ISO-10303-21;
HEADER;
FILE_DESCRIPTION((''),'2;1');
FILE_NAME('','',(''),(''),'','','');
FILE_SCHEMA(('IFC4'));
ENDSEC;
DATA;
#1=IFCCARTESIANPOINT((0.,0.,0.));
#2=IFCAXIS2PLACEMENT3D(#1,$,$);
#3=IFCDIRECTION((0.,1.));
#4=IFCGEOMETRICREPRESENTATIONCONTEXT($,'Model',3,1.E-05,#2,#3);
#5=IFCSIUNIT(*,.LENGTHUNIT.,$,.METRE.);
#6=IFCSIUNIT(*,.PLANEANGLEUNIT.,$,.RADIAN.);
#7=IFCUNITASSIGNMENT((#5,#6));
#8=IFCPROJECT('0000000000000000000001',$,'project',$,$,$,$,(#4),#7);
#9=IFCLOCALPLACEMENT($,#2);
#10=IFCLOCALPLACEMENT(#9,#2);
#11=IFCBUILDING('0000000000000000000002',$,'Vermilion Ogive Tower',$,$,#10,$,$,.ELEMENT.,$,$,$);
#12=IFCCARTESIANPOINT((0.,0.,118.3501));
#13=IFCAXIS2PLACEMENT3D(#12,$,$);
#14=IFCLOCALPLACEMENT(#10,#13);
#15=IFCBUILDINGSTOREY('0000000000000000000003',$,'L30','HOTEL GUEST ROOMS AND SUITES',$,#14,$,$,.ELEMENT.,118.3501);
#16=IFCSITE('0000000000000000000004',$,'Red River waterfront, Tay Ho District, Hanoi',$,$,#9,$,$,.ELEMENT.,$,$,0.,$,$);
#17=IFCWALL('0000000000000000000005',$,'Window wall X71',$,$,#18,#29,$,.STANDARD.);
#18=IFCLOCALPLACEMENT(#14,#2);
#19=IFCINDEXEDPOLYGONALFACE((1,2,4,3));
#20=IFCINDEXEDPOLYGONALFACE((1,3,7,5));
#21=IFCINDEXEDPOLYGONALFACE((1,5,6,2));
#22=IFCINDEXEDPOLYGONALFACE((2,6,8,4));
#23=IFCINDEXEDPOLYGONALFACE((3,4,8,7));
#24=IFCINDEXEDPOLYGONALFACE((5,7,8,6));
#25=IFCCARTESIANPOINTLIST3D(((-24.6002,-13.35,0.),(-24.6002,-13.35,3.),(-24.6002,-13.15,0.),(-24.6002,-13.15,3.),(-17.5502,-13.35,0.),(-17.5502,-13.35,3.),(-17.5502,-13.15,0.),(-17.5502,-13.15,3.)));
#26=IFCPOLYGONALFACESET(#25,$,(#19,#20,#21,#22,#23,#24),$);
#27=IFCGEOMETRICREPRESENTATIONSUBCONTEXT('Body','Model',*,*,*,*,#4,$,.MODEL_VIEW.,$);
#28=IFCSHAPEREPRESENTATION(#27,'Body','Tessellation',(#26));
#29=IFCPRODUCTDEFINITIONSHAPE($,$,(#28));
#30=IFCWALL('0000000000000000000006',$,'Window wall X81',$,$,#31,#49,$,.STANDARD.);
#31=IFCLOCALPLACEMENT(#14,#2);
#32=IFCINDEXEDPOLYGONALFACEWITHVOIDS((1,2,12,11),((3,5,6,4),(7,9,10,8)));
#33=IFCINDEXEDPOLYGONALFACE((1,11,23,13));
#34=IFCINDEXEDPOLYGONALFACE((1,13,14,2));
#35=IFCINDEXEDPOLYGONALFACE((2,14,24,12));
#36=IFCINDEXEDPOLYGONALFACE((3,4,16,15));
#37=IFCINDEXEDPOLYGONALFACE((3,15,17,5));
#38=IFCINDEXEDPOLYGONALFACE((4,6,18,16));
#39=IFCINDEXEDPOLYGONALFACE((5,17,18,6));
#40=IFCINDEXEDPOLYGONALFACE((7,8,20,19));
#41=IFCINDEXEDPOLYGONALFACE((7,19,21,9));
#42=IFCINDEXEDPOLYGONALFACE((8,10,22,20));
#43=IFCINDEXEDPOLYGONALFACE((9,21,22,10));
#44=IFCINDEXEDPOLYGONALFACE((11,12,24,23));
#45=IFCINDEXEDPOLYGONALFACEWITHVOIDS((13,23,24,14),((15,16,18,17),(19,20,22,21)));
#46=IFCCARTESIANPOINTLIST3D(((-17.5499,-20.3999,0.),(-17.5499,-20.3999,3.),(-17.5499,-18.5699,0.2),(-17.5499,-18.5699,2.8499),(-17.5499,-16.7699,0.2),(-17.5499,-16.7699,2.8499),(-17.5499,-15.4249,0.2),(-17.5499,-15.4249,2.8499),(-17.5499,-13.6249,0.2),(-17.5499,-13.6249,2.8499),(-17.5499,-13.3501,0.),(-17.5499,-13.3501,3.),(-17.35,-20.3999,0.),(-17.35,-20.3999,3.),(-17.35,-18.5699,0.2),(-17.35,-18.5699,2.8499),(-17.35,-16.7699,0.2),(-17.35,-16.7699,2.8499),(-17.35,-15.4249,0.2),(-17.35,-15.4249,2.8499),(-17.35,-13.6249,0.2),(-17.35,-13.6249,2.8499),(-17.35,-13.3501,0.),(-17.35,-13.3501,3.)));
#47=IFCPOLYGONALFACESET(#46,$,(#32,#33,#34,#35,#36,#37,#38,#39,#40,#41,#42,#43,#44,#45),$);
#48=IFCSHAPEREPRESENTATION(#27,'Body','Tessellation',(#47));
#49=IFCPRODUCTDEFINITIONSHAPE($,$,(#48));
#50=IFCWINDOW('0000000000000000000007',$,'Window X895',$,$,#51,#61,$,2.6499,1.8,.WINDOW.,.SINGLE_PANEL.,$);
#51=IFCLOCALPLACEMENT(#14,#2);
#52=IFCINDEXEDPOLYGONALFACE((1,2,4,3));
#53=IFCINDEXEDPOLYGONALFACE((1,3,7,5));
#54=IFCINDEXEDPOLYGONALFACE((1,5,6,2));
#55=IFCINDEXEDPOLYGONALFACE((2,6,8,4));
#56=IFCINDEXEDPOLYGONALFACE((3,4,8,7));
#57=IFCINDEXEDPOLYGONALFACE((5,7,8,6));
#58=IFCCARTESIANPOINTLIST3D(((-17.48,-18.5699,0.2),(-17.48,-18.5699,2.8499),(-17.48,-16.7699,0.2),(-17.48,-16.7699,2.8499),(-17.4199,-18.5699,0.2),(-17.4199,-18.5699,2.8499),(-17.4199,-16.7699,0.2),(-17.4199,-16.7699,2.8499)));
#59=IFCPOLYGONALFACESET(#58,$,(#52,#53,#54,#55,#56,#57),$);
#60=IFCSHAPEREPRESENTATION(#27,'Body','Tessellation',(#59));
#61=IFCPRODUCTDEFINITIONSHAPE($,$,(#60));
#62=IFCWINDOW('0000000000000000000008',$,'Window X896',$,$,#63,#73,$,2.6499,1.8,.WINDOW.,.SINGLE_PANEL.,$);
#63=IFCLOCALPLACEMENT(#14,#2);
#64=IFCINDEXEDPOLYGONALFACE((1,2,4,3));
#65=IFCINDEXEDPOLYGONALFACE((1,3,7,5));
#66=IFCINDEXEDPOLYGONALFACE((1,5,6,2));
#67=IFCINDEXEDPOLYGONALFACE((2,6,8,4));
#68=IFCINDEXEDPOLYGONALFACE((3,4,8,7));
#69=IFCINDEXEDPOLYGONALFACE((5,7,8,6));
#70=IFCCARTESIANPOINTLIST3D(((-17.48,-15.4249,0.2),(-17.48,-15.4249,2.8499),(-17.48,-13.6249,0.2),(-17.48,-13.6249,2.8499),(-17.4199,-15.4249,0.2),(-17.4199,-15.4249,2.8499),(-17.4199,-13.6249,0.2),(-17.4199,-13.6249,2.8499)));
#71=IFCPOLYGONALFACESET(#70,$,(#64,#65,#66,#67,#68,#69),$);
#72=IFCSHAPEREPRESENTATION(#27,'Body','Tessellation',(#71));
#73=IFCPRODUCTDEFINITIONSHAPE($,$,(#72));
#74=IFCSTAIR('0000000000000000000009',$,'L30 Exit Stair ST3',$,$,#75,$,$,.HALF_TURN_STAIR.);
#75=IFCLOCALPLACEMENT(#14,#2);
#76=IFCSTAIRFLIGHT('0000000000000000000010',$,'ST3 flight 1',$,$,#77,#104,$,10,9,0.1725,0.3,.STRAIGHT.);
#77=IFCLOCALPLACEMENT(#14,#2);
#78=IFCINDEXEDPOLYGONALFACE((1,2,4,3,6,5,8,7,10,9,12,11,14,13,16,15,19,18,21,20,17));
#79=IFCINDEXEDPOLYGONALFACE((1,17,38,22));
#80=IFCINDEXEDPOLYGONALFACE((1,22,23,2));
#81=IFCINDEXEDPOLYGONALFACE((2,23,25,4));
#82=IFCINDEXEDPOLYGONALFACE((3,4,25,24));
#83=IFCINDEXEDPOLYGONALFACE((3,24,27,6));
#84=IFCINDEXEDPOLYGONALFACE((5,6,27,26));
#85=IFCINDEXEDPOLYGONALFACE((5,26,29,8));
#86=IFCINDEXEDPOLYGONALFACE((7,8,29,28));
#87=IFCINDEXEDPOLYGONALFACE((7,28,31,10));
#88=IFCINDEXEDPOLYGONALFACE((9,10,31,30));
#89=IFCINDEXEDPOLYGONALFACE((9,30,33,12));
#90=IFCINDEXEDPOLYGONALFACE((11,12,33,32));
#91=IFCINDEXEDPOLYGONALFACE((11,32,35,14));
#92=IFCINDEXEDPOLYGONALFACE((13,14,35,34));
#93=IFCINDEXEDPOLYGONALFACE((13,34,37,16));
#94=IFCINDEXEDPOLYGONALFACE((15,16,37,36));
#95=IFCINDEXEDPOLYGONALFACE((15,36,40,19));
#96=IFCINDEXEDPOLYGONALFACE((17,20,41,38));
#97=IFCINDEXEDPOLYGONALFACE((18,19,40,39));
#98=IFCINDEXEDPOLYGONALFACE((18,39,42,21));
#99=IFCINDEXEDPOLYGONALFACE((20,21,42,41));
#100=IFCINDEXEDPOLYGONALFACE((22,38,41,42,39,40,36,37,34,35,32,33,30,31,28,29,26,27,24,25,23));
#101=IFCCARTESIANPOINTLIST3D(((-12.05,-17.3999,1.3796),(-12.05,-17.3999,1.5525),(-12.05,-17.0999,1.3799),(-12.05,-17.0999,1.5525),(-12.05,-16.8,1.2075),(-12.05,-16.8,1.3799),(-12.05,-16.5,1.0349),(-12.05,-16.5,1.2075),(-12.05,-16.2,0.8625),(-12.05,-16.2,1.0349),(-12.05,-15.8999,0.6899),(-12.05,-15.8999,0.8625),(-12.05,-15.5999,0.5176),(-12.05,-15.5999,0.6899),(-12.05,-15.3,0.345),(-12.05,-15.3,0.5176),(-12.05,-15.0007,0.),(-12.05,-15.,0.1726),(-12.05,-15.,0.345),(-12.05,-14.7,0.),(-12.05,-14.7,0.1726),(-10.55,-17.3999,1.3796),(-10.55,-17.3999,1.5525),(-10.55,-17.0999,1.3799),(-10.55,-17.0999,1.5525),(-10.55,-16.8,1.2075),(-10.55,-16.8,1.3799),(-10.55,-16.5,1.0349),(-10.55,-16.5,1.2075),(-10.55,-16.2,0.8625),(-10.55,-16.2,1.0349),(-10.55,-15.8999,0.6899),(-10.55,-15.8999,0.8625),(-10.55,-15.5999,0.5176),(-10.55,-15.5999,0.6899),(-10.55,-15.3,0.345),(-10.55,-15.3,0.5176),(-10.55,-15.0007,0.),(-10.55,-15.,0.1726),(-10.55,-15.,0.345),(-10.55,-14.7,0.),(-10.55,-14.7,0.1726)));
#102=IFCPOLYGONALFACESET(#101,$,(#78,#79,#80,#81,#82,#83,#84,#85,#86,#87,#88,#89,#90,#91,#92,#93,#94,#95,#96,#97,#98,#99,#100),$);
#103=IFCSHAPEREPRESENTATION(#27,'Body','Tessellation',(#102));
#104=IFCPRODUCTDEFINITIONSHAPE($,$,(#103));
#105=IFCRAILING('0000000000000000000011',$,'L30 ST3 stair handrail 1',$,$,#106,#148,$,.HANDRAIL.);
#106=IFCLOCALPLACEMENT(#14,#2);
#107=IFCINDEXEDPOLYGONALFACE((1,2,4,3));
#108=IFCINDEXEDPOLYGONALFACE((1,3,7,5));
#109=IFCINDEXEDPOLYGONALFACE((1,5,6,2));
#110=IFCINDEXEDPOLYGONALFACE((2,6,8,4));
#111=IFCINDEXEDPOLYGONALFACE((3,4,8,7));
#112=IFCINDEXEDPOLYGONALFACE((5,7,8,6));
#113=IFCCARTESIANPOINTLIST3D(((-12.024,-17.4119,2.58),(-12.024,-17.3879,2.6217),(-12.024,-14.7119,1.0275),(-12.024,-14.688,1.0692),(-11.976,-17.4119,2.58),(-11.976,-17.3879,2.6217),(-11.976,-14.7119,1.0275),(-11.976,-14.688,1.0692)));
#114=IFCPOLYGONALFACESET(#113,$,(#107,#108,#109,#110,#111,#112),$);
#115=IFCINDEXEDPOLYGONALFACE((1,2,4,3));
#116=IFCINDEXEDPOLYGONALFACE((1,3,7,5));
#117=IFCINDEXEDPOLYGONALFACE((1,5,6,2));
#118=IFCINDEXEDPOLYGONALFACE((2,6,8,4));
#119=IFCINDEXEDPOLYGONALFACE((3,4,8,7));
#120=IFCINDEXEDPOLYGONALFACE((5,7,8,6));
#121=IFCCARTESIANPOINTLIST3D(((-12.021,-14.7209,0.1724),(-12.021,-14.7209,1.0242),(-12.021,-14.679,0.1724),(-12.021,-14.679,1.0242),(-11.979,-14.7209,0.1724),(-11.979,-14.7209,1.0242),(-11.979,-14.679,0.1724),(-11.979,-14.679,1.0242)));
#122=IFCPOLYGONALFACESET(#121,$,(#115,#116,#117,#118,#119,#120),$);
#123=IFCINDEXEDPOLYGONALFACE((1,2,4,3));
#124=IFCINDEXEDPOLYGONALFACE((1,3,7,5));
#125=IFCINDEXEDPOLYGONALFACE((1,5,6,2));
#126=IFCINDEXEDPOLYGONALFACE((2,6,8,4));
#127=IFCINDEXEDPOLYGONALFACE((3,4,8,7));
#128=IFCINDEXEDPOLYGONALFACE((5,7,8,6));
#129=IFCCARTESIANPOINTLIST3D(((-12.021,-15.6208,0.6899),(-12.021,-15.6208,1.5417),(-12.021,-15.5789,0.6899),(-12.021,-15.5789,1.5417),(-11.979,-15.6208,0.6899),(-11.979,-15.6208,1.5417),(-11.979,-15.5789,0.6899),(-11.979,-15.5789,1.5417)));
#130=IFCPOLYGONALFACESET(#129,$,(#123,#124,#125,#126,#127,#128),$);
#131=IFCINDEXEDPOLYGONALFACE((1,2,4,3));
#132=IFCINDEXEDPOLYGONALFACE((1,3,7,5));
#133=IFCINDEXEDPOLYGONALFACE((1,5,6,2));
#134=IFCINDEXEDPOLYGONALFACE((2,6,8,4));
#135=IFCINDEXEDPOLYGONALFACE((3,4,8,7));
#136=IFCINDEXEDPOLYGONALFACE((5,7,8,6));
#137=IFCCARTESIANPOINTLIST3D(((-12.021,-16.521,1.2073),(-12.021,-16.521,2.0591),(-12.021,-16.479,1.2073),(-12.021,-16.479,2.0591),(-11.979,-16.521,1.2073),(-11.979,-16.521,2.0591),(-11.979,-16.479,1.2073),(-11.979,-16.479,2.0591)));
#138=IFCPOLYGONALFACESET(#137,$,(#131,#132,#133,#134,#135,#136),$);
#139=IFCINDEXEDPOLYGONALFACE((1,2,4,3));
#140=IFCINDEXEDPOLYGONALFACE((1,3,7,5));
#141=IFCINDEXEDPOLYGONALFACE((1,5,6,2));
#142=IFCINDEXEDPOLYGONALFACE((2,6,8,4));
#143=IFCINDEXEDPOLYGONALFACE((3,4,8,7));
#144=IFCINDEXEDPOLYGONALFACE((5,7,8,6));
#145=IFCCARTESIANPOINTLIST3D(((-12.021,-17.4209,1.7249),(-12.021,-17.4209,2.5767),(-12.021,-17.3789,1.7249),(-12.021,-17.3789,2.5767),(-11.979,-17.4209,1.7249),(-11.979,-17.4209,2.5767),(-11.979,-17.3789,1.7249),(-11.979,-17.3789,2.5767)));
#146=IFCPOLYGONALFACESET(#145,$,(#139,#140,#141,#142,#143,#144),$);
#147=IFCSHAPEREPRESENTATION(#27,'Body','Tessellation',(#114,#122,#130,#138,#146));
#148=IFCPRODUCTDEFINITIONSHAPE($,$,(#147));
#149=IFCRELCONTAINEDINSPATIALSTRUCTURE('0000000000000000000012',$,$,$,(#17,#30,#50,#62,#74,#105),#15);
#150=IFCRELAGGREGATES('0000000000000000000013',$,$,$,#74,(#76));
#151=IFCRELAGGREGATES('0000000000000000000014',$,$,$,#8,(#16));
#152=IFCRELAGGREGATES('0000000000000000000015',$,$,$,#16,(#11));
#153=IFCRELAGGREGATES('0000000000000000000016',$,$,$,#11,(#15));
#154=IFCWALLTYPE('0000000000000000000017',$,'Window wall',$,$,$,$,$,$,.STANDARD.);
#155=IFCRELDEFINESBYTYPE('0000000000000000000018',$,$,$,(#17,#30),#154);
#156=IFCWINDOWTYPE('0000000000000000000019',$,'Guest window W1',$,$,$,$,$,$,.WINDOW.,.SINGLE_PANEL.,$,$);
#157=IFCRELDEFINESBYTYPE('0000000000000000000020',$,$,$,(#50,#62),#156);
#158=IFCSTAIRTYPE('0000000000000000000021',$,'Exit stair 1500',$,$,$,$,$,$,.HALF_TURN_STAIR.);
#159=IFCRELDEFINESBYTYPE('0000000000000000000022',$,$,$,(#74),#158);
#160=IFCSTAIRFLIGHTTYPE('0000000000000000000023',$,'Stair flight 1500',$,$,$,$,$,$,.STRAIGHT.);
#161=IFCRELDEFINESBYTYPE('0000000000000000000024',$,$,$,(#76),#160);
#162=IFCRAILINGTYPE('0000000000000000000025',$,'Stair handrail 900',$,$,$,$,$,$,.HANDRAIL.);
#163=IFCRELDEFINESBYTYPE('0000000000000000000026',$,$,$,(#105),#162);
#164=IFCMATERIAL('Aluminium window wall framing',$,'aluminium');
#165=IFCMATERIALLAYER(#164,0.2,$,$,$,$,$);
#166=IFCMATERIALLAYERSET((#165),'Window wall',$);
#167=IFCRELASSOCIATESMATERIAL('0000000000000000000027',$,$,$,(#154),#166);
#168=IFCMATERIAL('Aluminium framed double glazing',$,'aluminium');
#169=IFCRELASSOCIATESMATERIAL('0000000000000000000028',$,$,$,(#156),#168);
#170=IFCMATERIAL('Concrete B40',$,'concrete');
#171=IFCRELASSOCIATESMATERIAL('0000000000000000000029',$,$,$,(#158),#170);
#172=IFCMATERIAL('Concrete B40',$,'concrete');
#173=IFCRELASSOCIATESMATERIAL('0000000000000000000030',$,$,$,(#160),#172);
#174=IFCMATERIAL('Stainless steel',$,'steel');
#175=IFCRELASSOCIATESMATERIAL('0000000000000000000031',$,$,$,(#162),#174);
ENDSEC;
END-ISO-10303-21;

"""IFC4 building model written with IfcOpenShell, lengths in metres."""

from ifc_helpers import new_model, si_unit, direction, frame, frame_2d, origin, origin_2d, place, context, subcontext, project, spatial, polyline, rectangle, outline, extrude, material, layer, layer_set, type_object, element, fill, aggregate, save


model = new_model("IFC4")

# Units and contexts
model_context = context("Model", 3, precision=1e-05, world=origin(), true_north=direction((0.0, 1.0)))
body_context = subcontext(model_context, "Body", "Model", "MODEL_VIEW")
ifc_project = project(units=[si_unit("LENGTHUNIT", "METRE"), si_unit("PLANEANGLEUNIT", "RADIAN")], contexts=[model_context])

# Site, building, storey
site_placement = place(None, origin())
site = spatial("IfcSite", under=ifc_project, at=site_placement, Name="Red River waterfront, Tay Ho District, Hanoi", CompositionType="ELEMENT", RefElevation=0.0)
building_placement = place(site_placement, origin())
building = spatial("IfcBuilding", under=site, at=building_placement, Name="Vermilion Ogive Tower", CompositionType="ELEMENT")
storey_placement = place(building_placement, frame((0.0, 0.0, 118.3501)))
storey = spatial("IfcBuildingStorey", under=building, at=storey_placement, Name="L30", Description="HOTEL GUEST ROOMS AND SUITES", CompositionType="ELEMENT", Elevation=118.3501)

# Wall
ifc_material_1 = material(Name="Aluminium window wall framing", Category="aluminium")
ifc_layer_1 = layer(ifc_material_1, 0.2)
ifc_layer_set_1 = layer_set([ifc_layer_1], Name="Window wall")
wall_type_1 = type_object("IfcWallType", Name="Window wall", PredefinedType="STANDARD", material=ifc_layer_set_1)
wall_1_placement = place(storey_placement, frame((-24.6001, -13.25, 0.0), z_axis=(0.0, 0.0, 1.0), x_axis=(1.0, 0.0, 0.0)))
element("IfcWall", 1, at=wall_1_placement, inside=storey, type_object=wall_type_1, Name="Window wall X71", PredefinedType="STANDARD", context=body_context, shape_type="SweptSolid", body=[
    extrude(rectangle(XDim=7.05, YDim=0.2, at=frame_2d((3.5249, 0.0))), origin(), (0.0, 0.0, 1.0), 3.0),
])

# Wall, openings, windows
wall_2_placement = place(storey_placement, frame((-17.45, -13.3501, 0.0), z_axis=(0.0, 0.0, 1.0), x_axis=(0.0, -1.0, 0.0)))
wall_2 = element("IfcWall", 2, at=wall_2_placement, inside=storey, type_object=wall_type_1, Name="Window wall X81", PredefinedType="STANDARD", context=body_context, shape_type="SweptSolid", body=[
    extrude(rectangle(XDim=7.0498, YDim=0.2, at=frame_2d((3.5249, 0.0))), origin(), (0.0, 0.0, 1.0), 3.0),
])
opening_1_placement = place(wall_2_placement, frame((3.4199, 0.0, 0.2)))
opening_1 = element("IfcOpeningElement", 3, at=opening_1_placement, cuts=wall_2, PredefinedType="OPENING", context=body_context, shape_type="SweptSolid", body=[
    extrude(rectangle(XDim=1.8, YDim=2.6499, at=frame_2d((0.8999, 1.325))), frame((0.0, 0.1099, 0.0), z_axis=(0.0, -1.0, 0.0), x_axis=(1.0, 0.0, 0.0)), (0.0, 0.0, 1.0), 0.22),
])
opening_2_placement = place(wall_2_placement, frame((0.2749, 0.0, 0.2)))
opening_2 = element("IfcOpeningElement", 4, at=opening_2_placement, cuts=wall_2, PredefinedType="OPENING", context=body_context, shape_type="SweptSolid", body=[
    extrude(rectangle(XDim=1.8, YDim=2.6499, at=frame_2d((0.8999, 1.325))), frame((0.0, 0.1099, 0.0), z_axis=(0.0, -1.0, 0.0), x_axis=(1.0, 0.0, 0.0)), (0.0, 0.0, 1.0), 0.22),
])
ifc_material_2 = material(Name="Aluminium framed double glazing", Category="aluminium")
window_type = type_object("IfcWindowType", Name="Guest window W1", PartitioningType="SINGLE_PANEL", PredefinedType="WINDOW", material=ifc_material_2)
window_1_placement = place(opening_1_placement, origin())
window_1 = element("IfcWindow", 5, at=window_1_placement, inside=storey, type_object=window_type, Name="Window X895", OverallHeight=2.6499, OverallWidth=1.8, PartitioningType="SINGLE_PANEL", PredefinedType="WINDOW", context=body_context, shape_type="SweptSolid", body=[
    extrude(rectangle(XDim=1.8, YDim=2.6499, at=frame_2d((0.8999, 1.325))), frame((0.0, 0.03, 0.0), z_axis=(0.0, -1.0, 0.0), x_axis=(1.0, 0.0, 0.0)), (0.0, 0.0, 1.0), 0.0601),
])
fill(opening_1, window_1)
window_2_placement = place(opening_2_placement, origin())
window_2 = element("IfcWindow", 6, at=window_2_placement, inside=storey, type_object=window_type, Name="Window X896", OverallHeight=2.6499, OverallWidth=1.8, PartitioningType="SINGLE_PANEL", PredefinedType="WINDOW", context=body_context, shape_type="SweptSolid", body=[
    extrude(rectangle(XDim=1.8, YDim=2.6499, at=frame_2d((0.8999, 1.325))), frame((0.0, 0.03, 0.0), z_axis=(0.0, -1.0, 0.0), x_axis=(1.0, 0.0, 0.0)), (0.0, 0.0, 1.0), 0.0601),
])
fill(opening_2, window_2)

# Stair, stair flight
ifc_material_3 = material(Name="Concrete B40", Category="concrete")
stair_type = type_object("IfcStairType", Name="Exit stair 1500", PredefinedType="HALF_TURN_STAIR", material=ifc_material_3)
stair_placement = place(storey_placement, origin())
stair = element("IfcStair", 7, at=stair_placement, inside=storey, type_object=stair_type, Name="L30 Exit Stair ST3", PredefinedType="HALF_TURN_STAIR")
ifc_material_4 = material(Name="Concrete B40", Category="concrete")
stair_flight_type = type_object("IfcStairFlightType", Name="Stair flight 1500", PredefinedType="STRAIGHT", material=ifc_material_4)
stair_flight_placement = place(storey_placement, frame((-11.3, -14.7, 0.0), z_axis=(0.0, 0.0, 1.0), x_axis=(0.0, -1.0, 0.0)))
stair_flight = element("IfcStairFlight", 8, at=stair_flight_placement, type_object=stair_flight_type, Name="ST3 flight 1", NumberOfRisers=10, NumberOfTreads=9, PredefinedType="STRAIGHT", RiserHeight=0.1725, TreadLength=0.3, context=body_context, shape_type="SweptSolid", body=[
    extrude(outline(polyline([(0.0, 0.0), (0.0, 0.1726), (0.3, 0.1726), (0.3, 0.345), (0.6001, 0.345), (0.6001, 0.5176), (0.8999, 0.5176), (0.8999, 0.6899), (1.2, 0.6899), (1.2, 0.8625), (1.5, 0.8625), (1.5, 1.0349), (1.8, 1.0349), (1.8, 1.2075), (2.1001, 1.2075), (2.1001, 1.3799), (2.3999, 1.3799), (2.3999, 1.5525), (2.7, 1.5525), (2.7, 1.7251), (2.7, 1.3796), (0.3008, 0.0), (0.0, 0.0)])), frame((0.0, 0.75, 0.0), z_axis=(0.0, -1.0, 0.0), x_axis=(1.0, 0.0, 0.0)), (0.0, 0.0, 1.0), 1.5),
])
aggregate(stair, [stair_flight])

# Railing
ifc_material_5 = material(Name="Stainless steel", Category="steel")
railing_type = type_object("IfcRailingType", Name="Stair handrail 900", PredefinedType="HANDRAIL", material=ifc_material_5)
railing_placement = place(storey_placement, frame((-12.0, -14.7, 0.1724)))
element("IfcRailing", 9, at=railing_placement, inside=storey, type_object=railing_type, Name="L30 ST3 stair handrail 1", PredefinedType="HANDRAIL", context=body_context, shape_type="SweptSolid", body=[
    extrude(rectangle(XDim=0.0481, YDim=0.0481, at=origin_2d()), frame((0.0, 0.0, 0.876), z_axis=(0.0, -0.866904, 0.498476), x_axis=(1.0, 0.0, 0.0)), (0.0, 0.0, 1.0), 3.1145),
    extrude(rectangle(XDim=0.042, YDim=0.042, at=origin_2d()), origin(), (0.0, 0.0, 1.0), 0.8518),
    extrude(rectangle(XDim=0.042, YDim=0.042, at=origin_2d()), frame((0.0, -0.8999, 0.5176)), (0.0, 0.0, 1.0), 0.8518),
    extrude(rectangle(XDim=0.042, YDim=0.042, at=origin_2d()), frame((0.0, -1.8, 1.0349)), (0.0, 0.0, 1.0), 0.8518),
    extrude(rectangle(XDim=0.042, YDim=0.042, at=origin_2d()), frame((0.0, -2.7, 1.5525)), (0.0, 0.0, 1.0), 0.8518),
])

save(model, "model.ifc")
